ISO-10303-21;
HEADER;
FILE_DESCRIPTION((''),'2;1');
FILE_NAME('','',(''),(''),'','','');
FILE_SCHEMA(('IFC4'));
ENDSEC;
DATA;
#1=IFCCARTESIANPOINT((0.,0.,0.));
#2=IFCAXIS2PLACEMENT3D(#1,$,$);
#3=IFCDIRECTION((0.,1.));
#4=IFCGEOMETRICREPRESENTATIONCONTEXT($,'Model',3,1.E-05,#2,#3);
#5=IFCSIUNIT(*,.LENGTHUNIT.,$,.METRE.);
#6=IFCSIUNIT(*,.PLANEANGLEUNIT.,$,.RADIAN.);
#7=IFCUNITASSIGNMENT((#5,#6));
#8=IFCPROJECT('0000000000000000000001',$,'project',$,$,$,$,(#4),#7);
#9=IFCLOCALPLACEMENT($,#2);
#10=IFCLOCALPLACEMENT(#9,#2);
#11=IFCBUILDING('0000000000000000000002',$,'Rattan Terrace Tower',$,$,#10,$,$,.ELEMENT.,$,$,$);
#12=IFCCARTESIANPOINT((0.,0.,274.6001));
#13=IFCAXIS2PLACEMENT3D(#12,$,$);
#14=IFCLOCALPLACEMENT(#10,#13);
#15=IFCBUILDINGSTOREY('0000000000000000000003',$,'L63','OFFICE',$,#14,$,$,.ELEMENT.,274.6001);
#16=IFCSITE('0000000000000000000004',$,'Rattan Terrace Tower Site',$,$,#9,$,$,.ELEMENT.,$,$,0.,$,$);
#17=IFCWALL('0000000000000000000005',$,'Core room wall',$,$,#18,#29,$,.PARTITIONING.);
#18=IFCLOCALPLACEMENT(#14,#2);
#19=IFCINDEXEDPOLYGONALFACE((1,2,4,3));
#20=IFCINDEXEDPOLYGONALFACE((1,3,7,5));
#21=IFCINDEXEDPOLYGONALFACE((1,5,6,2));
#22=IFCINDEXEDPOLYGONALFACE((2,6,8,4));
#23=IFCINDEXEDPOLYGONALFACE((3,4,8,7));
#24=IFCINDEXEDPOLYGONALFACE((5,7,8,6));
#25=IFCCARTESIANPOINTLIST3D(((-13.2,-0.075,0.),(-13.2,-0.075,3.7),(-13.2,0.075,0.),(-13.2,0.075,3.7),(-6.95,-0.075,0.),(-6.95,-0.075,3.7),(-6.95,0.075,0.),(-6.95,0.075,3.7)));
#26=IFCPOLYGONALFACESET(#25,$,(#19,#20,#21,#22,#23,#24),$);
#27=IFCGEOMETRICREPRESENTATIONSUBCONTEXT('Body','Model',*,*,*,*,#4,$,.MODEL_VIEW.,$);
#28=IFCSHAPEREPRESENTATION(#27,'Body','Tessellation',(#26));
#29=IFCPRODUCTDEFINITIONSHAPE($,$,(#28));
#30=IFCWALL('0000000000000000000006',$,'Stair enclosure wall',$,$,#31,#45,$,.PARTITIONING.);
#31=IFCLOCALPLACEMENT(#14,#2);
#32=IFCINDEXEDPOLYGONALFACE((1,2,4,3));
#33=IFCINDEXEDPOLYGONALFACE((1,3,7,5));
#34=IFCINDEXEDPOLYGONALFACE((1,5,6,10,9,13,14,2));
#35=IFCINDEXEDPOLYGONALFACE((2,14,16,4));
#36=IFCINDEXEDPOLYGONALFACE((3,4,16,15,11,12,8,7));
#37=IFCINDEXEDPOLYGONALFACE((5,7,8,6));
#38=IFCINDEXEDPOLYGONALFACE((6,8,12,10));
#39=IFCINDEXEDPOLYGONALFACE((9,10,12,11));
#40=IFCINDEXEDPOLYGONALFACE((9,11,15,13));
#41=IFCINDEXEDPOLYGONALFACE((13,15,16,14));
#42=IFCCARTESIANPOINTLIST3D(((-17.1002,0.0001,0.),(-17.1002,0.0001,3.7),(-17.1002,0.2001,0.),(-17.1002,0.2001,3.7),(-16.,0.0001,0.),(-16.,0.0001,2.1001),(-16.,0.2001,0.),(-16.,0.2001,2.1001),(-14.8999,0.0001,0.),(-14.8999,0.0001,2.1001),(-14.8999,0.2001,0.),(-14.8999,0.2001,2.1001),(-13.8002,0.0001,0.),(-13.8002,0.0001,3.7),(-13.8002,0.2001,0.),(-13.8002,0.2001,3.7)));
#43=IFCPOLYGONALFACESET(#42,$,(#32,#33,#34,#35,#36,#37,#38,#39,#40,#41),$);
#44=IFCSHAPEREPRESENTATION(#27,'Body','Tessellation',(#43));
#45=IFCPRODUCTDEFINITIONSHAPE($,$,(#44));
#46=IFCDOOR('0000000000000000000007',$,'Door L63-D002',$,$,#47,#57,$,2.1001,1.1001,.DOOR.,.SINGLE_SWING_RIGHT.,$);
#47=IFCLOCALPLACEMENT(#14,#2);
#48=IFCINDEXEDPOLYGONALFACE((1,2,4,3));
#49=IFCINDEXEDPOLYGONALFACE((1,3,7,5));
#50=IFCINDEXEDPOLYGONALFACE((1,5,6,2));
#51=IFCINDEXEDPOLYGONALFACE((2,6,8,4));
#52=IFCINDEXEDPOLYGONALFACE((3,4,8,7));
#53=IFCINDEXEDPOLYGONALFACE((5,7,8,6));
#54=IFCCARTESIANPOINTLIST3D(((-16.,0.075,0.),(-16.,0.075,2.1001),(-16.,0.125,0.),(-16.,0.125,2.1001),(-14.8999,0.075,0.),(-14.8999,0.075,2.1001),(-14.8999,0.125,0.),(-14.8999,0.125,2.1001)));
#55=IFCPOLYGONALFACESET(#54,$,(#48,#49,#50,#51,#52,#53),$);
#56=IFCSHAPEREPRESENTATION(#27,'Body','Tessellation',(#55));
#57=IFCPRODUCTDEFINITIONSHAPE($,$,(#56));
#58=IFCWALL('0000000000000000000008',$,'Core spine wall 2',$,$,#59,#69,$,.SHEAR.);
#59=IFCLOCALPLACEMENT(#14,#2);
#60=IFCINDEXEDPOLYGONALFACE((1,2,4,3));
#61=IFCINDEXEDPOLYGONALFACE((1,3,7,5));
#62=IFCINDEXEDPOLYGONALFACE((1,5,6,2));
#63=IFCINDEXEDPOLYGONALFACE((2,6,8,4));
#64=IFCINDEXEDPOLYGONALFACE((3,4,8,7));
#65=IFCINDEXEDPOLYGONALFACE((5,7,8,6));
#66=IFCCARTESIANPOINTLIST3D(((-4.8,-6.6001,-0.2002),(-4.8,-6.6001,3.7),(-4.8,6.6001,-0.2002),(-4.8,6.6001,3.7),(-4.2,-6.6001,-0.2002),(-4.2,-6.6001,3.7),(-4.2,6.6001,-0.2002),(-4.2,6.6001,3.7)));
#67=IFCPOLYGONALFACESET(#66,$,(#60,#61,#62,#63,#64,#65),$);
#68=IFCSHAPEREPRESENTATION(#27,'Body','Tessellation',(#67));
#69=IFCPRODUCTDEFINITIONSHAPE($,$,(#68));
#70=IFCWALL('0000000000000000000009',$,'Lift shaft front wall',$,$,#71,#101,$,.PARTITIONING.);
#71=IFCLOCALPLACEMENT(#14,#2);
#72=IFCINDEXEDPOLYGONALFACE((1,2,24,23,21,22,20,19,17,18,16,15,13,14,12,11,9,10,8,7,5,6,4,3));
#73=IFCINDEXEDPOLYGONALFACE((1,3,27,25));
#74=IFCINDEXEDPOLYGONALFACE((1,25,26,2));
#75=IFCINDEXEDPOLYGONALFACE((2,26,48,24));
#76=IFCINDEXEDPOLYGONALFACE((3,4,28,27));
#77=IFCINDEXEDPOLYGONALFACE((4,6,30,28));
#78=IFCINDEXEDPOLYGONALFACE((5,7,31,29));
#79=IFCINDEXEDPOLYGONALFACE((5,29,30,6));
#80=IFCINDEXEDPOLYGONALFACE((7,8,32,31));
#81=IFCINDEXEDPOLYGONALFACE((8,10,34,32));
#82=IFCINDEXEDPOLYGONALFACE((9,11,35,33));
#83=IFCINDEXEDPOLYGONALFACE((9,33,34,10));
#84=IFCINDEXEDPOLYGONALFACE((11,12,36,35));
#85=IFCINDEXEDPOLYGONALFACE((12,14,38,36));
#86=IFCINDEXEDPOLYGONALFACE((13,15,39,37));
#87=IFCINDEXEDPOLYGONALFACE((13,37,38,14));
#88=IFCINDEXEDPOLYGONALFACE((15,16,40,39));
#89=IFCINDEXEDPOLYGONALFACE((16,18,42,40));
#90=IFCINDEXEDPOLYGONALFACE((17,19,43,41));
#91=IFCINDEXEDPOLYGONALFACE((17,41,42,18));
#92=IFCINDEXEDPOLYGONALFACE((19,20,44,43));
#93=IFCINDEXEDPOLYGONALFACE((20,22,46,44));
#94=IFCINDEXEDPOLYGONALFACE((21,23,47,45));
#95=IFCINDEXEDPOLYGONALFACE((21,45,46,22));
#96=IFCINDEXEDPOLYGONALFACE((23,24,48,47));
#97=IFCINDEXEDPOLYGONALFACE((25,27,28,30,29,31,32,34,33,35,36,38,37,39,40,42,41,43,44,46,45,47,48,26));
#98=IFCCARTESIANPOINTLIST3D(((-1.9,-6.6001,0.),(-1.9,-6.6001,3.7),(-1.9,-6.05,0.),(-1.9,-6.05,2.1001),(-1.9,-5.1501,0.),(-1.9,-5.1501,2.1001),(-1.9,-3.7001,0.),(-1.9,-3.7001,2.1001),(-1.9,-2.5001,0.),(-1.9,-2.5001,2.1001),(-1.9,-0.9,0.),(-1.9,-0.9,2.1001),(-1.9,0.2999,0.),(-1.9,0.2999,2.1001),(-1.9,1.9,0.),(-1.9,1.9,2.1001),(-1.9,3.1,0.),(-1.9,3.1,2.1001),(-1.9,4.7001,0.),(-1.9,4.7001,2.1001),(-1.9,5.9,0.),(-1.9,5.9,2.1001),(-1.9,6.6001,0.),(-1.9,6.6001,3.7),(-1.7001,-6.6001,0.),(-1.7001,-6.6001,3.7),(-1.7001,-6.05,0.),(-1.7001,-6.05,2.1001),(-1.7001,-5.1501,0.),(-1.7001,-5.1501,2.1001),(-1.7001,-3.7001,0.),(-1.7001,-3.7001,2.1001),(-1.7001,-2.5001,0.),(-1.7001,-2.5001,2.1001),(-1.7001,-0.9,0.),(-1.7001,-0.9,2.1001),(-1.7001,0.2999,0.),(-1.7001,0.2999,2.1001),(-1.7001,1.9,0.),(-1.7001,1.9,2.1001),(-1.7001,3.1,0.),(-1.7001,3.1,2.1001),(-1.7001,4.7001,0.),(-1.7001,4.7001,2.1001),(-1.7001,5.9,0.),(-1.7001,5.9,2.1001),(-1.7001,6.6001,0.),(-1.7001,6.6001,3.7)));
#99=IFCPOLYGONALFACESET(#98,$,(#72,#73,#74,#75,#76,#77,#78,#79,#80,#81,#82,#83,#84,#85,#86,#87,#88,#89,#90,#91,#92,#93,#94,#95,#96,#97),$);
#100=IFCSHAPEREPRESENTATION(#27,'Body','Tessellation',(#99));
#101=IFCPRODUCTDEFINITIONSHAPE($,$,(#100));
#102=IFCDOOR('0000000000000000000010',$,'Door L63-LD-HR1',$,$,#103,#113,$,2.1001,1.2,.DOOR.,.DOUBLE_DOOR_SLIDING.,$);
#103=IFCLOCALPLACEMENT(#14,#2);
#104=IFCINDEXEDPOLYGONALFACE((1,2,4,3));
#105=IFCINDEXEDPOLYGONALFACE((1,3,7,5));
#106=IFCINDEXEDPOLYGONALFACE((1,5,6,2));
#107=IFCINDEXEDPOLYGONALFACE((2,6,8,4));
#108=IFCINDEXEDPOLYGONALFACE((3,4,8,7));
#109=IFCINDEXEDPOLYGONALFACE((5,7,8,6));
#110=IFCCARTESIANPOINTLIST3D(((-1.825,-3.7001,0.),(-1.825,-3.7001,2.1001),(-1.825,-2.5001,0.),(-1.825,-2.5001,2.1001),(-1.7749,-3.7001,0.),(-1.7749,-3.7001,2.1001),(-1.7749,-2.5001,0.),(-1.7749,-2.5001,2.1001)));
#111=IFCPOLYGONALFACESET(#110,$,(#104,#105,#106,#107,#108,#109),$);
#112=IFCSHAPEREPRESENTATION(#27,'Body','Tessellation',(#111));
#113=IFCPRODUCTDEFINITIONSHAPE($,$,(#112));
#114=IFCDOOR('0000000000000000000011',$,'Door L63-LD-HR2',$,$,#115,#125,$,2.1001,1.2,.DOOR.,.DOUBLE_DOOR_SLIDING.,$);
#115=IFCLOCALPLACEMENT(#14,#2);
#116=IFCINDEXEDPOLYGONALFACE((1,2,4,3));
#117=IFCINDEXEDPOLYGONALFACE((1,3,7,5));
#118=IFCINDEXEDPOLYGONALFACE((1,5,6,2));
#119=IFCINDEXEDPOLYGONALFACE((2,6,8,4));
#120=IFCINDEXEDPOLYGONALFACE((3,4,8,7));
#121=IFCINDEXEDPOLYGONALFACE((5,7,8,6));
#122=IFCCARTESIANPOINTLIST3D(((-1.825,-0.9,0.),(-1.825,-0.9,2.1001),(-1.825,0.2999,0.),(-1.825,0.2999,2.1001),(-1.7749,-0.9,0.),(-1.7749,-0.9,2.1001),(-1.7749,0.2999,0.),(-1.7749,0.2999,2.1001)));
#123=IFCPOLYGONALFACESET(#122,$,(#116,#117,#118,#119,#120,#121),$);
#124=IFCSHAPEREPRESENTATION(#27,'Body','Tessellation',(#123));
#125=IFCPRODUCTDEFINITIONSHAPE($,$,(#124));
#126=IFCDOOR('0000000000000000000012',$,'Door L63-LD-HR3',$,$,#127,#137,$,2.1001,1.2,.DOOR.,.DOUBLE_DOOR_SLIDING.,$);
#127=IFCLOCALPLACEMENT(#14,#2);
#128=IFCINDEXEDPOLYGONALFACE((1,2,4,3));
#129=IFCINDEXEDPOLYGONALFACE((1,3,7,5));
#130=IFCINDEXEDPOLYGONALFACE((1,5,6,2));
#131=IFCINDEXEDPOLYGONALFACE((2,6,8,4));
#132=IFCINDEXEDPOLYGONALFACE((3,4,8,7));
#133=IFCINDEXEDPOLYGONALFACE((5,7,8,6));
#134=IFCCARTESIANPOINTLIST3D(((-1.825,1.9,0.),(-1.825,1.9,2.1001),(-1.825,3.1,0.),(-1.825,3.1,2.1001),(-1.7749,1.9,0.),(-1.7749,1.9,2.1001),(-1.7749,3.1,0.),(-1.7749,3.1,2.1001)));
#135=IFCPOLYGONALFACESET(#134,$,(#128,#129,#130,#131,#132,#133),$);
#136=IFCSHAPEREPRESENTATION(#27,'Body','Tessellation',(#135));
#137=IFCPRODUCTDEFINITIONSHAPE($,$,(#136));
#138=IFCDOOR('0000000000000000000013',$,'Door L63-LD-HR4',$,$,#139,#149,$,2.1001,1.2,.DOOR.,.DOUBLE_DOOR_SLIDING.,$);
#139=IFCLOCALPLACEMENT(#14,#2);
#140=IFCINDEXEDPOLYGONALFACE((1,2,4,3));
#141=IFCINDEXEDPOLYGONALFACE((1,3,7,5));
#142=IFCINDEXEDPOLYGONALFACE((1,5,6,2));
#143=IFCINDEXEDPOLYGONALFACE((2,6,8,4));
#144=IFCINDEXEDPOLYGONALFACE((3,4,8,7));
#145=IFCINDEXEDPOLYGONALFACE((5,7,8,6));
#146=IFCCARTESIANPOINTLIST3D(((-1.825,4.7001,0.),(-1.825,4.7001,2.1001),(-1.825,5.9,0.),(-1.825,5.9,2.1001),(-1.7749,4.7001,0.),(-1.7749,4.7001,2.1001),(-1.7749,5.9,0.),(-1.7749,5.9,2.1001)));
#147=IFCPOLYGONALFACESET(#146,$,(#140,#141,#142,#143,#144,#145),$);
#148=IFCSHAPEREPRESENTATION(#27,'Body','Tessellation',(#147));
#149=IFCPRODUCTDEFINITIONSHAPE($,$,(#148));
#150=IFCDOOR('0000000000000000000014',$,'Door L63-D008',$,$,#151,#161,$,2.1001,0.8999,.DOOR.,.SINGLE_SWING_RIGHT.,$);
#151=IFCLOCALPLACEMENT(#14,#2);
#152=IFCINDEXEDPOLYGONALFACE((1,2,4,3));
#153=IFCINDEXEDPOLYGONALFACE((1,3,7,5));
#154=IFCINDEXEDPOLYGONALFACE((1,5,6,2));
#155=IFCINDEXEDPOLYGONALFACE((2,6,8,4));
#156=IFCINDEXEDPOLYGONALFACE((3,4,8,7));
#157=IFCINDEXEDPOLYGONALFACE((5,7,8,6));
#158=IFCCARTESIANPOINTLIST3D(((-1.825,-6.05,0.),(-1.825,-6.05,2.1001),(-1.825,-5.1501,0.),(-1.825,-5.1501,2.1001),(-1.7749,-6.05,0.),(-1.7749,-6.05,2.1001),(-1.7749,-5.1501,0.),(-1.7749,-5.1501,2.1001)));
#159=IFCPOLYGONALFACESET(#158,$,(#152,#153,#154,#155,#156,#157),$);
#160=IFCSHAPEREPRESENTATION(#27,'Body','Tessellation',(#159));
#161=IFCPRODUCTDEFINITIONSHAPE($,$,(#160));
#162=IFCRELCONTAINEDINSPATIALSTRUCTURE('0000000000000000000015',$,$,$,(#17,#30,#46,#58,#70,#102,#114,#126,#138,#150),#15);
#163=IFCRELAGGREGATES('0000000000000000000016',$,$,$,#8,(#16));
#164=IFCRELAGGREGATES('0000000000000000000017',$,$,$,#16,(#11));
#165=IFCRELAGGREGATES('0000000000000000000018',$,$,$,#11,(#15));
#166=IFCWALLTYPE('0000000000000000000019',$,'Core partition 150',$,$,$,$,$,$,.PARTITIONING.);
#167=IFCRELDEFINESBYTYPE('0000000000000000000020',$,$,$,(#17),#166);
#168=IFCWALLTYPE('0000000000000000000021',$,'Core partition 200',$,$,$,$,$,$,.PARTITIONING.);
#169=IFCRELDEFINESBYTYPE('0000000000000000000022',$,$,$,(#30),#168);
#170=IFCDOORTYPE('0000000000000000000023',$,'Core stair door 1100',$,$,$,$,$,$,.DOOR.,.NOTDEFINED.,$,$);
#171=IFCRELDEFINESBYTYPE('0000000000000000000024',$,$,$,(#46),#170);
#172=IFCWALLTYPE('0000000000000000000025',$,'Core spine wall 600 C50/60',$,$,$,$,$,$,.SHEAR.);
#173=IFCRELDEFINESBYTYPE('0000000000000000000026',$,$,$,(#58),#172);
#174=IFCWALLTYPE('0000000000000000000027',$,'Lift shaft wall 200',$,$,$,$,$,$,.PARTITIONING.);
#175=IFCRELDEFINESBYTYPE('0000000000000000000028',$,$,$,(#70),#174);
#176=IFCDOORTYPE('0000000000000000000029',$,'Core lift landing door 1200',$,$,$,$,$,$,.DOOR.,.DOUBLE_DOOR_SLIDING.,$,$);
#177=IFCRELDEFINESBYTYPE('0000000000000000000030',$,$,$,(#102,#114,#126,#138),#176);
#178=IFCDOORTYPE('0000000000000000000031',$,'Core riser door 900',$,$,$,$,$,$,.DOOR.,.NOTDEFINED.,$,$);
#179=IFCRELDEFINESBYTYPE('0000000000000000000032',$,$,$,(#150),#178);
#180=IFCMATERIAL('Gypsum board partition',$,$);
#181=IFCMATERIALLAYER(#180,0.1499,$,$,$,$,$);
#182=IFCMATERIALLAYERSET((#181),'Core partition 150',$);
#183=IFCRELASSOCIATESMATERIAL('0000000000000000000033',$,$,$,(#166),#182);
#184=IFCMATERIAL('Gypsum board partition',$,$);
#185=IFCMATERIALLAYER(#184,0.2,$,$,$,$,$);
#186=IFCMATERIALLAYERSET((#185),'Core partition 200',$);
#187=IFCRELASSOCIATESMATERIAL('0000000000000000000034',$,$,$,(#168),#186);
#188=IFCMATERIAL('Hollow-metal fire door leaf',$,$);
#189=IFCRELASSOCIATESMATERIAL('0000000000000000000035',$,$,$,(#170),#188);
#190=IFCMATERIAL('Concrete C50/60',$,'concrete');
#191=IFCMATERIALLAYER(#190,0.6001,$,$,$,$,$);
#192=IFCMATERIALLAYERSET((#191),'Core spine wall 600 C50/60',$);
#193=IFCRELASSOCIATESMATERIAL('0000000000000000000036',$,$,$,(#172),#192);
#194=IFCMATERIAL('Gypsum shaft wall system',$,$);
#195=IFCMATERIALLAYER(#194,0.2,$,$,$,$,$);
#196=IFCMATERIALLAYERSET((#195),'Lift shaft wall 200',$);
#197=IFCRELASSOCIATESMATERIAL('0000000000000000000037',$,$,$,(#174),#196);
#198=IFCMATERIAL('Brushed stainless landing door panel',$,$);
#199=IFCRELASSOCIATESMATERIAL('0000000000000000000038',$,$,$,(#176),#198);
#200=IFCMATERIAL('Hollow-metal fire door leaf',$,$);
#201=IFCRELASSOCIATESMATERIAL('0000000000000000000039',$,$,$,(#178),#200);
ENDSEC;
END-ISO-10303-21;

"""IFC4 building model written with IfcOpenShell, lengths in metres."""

from ifc_helpers import new_model, si_unit, direction, frame, frame_2d, origin, place, context, subcontext, project, spatial, rectangle, extrude, material, layer, layer_set, type_object, element, fill, save


model = new_model("IFC4")

# Units and contexts
model_context = context("Model", 3, precision=1e-05, world=origin(), true_north=direction((0.0, 1.0)))
body_context = subcontext(model_context, "Body", "Model", "MODEL_VIEW")
ifc_project = project(units=[si_unit("LENGTHUNIT", "METRE"), si_unit("PLANEANGLEUNIT", "RADIAN")], contexts=[model_context])

# Site, building, storey
site_placement = place(None, origin())
site = spatial("IfcSite", under=ifc_project, at=site_placement, Name="Rattan Terrace Tower Site", CompositionType="ELEMENT", RefElevation=0.0)
building_placement = place(site_placement, origin())
building = spatial("IfcBuilding", under=site, at=building_placement, Name="Rattan Terrace Tower", CompositionType="ELEMENT")
storey_placement = place(building_placement, frame((0.0, 0.0, 274.6001)))
storey = spatial("IfcBuildingStorey", under=building, at=storey_placement, Name="L63", Description="OFFICE", CompositionType="ELEMENT", Elevation=274.6001)

# Wall
ifc_material_1 = material(Name="Gypsum board partition")
ifc_layer_1 = layer(ifc_material_1, 0.1499)
ifc_layer_set_1 = layer_set([ifc_layer_1], Name="Core partition 150")
wall_type_1 = type_object("IfcWallType", Name="Core partition 150", PredefinedType="PARTITIONING", material=ifc_layer_set_1)
wall_1_placement = place(storey_placement, frame((-13.2, 0.0, 0.0), z_axis=(0.0, 0.0, 1.0), x_axis=(1.0, 0.0, 0.0)))
element("IfcWall", 1, at=wall_1_placement, inside=storey, type_object=wall_type_1, Name="Core room wall", PredefinedType="PARTITIONING", context=body_context, shape_type="SweptSolid", body=[
    extrude(rectangle(XDim=6.25, YDim=0.1499, at=frame_2d((3.125, 0.0))), origin(), (0.0, 0.0, 1.0), 3.7),
])

# Wall, opening, door
ifc_material_2 = material(Name="Gypsum board partition")
ifc_layer_2 = layer(ifc_material_2, 0.2)
ifc_layer_set_2 = layer_set([ifc_layer_2], Name="Core partition 200")
wall_type_2 = type_object("IfcWallType", Name="Core partition 200", PredefinedType="PARTITIONING", material=ifc_layer_set_2)
wall_2_placement = place(storey_placement, frame((-17.1001, 0.1001, 0.0), z_axis=(0.0, 0.0, 1.0), x_axis=(1.0, 0.0, 0.0)))
wall_2 = element("IfcWall", 2, at=wall_2_placement, inside=storey, type_object=wall_type_2, Name="Stair enclosure wall", PredefinedType="PARTITIONING", context=body_context, shape_type="SweptSolid", body=[
    extrude(rectangle(XDim=3.3, YDim=0.2, at=frame_2d((1.6499, 0.0))), origin(), (0.0, 0.0, 1.0), 3.7),
])
opening_1_placement = place(wall_2_placement, frame((1.1001, 0.0, 0.0)))
opening_1 = element("IfcOpeningElement", 3, at=opening_1_placement, cuts=wall_2, PredefinedType="OPENING", context=body_context, shape_type="SweptSolid", body=[
    extrude(rectangle(XDim=1.1001, YDim=2.1001, at=frame_2d((0.55, 1.05))), frame((0.0, 0.1106, 0.0), z_axis=(0.0, -1.0, 0.0), x_axis=(1.0, 0.0, 0.0)), (0.0, 0.0, 1.0), 0.2209),
])
ifc_material_3 = material(Name="Hollow-metal fire door leaf")
door_type_1 = type_object("IfcDoorType", Name="Core stair door 1100", OperationType="NOTDEFINED", PredefinedType="DOOR", material=ifc_material_3)
door_1_placement = place(opening_1_placement, origin())
door_1 = element("IfcDoor", 4, at=door_1_placement, inside=storey, type_object=door_type_1, Name="Door L63-D002", OperationType="SINGLE_SWING_RIGHT", OverallHeight=2.1001, OverallWidth=1.1001, PredefinedType="DOOR", context=body_context, shape_type="SweptSolid", body=[
    extrude(rectangle(XDim=1.1001, YDim=2.1001, at=frame_2d((0.55, 1.05))), frame((0.0, 0.0249, 0.0), z_axis=(0.0, -1.0, 0.0), x_axis=(1.0, 0.0, 0.0)), (0.0, 0.0, 1.0), 0.05),
])
fill(opening_1, door_1)

# Wall
ifc_material_4 = material(Name="Concrete C50/60", Category="concrete")
ifc_layer_3 = layer(ifc_material_4, 0.6001)
ifc_layer_set_3 = layer_set([ifc_layer_3], Name="Core spine wall 600 C50/60")
wall_type_3 = type_object("IfcWallType", Name="Core spine wall 600 C50/60", PredefinedType="SHEAR", material=ifc_layer_set_3)
wall_3_placement = place(storey_placement, frame((-4.5, -6.6001, -0.2002), z_axis=(0.0, 0.0, 1.0), x_axis=(0.0, 1.0, 0.0)))
element("IfcWall", 5, at=wall_3_placement, inside=storey, type_object=wall_type_3, Name="Core spine wall 2", PredefinedType="SHEAR", context=body_context, shape_type="SweptSolid", body=[
    extrude(rectangle(XDim=13.2002, YDim=0.6001, at=frame_2d((6.6001, 0.0))), origin(), (0.0, 0.0, 1.0), 3.9001),
])

# Wall, openings, doors
ifc_material_5 = material(Name="Gypsum shaft wall system")
ifc_layer_4 = layer(ifc_material_5, 0.2)
ifc_layer_set_4 = layer_set([ifc_layer_4], Name="Lift shaft wall 200")
wall_type_4 = type_object("IfcWallType", Name="Lift shaft wall 200", PredefinedType="PARTITIONING", material=ifc_layer_set_4)
wall_4_placement = place(storey_placement, frame((-1.8, -6.6001, 0.0), z_axis=(0.0, 0.0, 1.0), x_axis=(0.0, 1.0, 0.0)))
wall_4 = element("IfcWall", 6, at=wall_4_placement, inside=storey, type_object=wall_type_4, Name="Lift shaft front wall", PredefinedType="PARTITIONING", context=body_context, shape_type="SweptSolid", body=[
    extrude(rectangle(XDim=13.2002, YDim=0.2, at=frame_2d((6.6001, 0.0))), origin(), (0.0, 0.0, 1.0), 3.7),
])
opening_2_placement = place(wall_4_placement, frame((0.55, 0.0, 0.0)))
opening_2 = element("IfcOpeningElement", 7, at=opening_2_placement, cuts=wall_4, PredefinedType="OPENING", context=body_context, shape_type="SweptSolid", body=[
    extrude(rectangle(XDim=0.8999, YDim=2.1001, at=frame_2d((0.45, 1.05))), frame((0.0, 0.1106, 0.0), z_axis=(0.0, -1.0, 0.0), x_axis=(1.0, 0.0, 0.0)), (0.0, 0.0, 1.0), 0.2209),
])
opening_3_placement = place(wall_4_placement, frame((2.8999, 0.0, 0.0)))
opening_3 = element("IfcOpeningElement", 8, at=opening_3_placement, cuts=wall_4, PredefinedType="OPENING", context=body_context, shape_type="SweptSolid", body=[
    extrude(rectangle(XDim=1.2, YDim=2.1001, at=frame_2d((0.6001, 1.05))), frame((0.0, 0.1106, 0.0), z_axis=(0.0, -1.0, 0.0), x_axis=(1.0, 0.0, 0.0)), (0.0, 0.0, 1.0), 0.2209),
])
opening_4_placement = place(wall_4_placement, frame((5.7, 0.0, 0.0)))
opening_4 = element("IfcOpeningElement", 9, at=opening_4_placement, cuts=wall_4, PredefinedType="OPENING", context=body_context, shape_type="SweptSolid", body=[
    extrude(rectangle(XDim=1.2, YDim=2.1001, at=frame_2d((0.6001, 1.05))), frame((0.0, 0.1106, 0.0), z_axis=(0.0, -1.0, 0.0), x_axis=(1.0, 0.0, 0.0)), (0.0, 0.0, 1.0), 0.2209),
])
opening_5_placement = place(wall_4_placement, frame((8.5, 0.0, 0.0)))
opening_5 = element("IfcOpeningElement", 10, at=opening_5_placement, cuts=wall_4, PredefinedType="OPENING", context=body_context, shape_type="SweptSolid", body=[
    extrude(rectangle(XDim=1.2, YDim=2.1001, at=frame_2d((0.6001, 1.05))), frame((0.0, 0.1106, 0.0), z_axis=(0.0, -1.0, 0.0), x_axis=(1.0, 0.0, 0.0)), (0.0, 0.0, 1.0), 0.2209),
])
opening_6_placement = place(wall_4_placement, frame((11.3, 0.0, 0.0)))
opening_6 = element("IfcOpeningElement", 11, at=opening_6_placement, cuts=wall_4, PredefinedType="OPENING", context=body_context, shape_type="SweptSolid", body=[
    extrude(rectangle(XDim=1.2, YDim=2.1001, at=frame_2d((0.6001, 1.05))), frame((0.0, 0.1106, 0.0), z_axis=(0.0, -1.0, 0.0), x_axis=(1.0, 0.0, 0.0)), (0.0, 0.0, 1.0), 0.2209),
])
ifc_material_6 = material(Name="Brushed stainless landing door panel")
door_type_2 = type_object("IfcDoorType", Name="Core lift landing door 1200", OperationType="DOUBLE_DOOR_SLIDING", PredefinedType="DOOR", material=ifc_material_6)
door_2_placement = place(opening_3_placement, origin())
door_2 = element("IfcDoor", 12, at=door_2_placement, inside=storey, type_object=door_type_2, Name="Door L63-LD-HR1", OperationType="DOUBLE_DOOR_SLIDING", OverallHeight=2.1001, OverallWidth=1.2, PredefinedType="DOOR", context=body_context, shape_type="SweptSolid", body=[
    extrude(rectangle(XDim=1.2, YDim=2.1001, at=frame_2d((0.6001, 1.05))), frame((0.0, 0.0249, 0.0), z_axis=(0.0, -1.0, 0.0), x_axis=(1.0, 0.0, 0.0)), (0.0, 0.0, 1.0), 0.05),
])
fill(opening_3, door_2)
door_3_placement = place(opening_4_placement, origin())
door_3 = element("IfcDoor", 13, at=door_3_placement, inside=storey, type_object=door_type_2, Name="Door L63-LD-HR2", OperationType="DOUBLE_DOOR_SLIDING", OverallHeight=2.1001, OverallWidth=1.2, PredefinedType="DOOR", context=body_context, shape_type="SweptSolid", body=[
    extrude(rectangle(XDim=1.2, YDim=2.1001, at=frame_2d((0.6001, 1.05))), frame((0.0, 0.0249, 0.0), z_axis=(0.0, -1.0, 0.0), x_axis=(1.0, 0.0, 0.0)), (0.0, 0.0, 1.0), 0.05),
])
fill(opening_4, door_3)
door_4_placement = place(opening_5_placement, origin())
door_4 = element("IfcDoor", 14, at=door_4_placement, inside=storey, type_object=door_type_2, Name="Door L63-LD-HR3", OperationType="DOUBLE_DOOR_SLIDING", OverallHeight=2.1001, OverallWidth=1.2, PredefinedType="DOOR", context=body_context, shape_type="SweptSolid", body=[
    extrude(rectangle(XDim=1.2, YDim=2.1001, at=frame_2d((0.6001, 1.05))), frame((0.0, 0.0249, 0.0), z_axis=(0.0, -1.0, 0.0), x_axis=(1.0, 0.0, 0.0)), (0.0, 0.0, 1.0), 0.05),
])
fill(opening_5, door_4)
door_5_placement = place(opening_6_placement, origin())
door_5 = element("IfcDoor", 15, at=door_5_placement, inside=storey, type_object=door_type_2, Name="Door L63-LD-HR4", OperationType="DOUBLE_DOOR_SLIDING", OverallHeight=2.1001, OverallWidth=1.2, PredefinedType="DOOR", context=body_context, shape_type="SweptSolid", body=[
    extrude(rectangle(XDim=1.2, YDim=2.1001, at=frame_2d((0.6001, 1.05))), frame((0.0, 0.0249, 0.0), z_axis=(0.0, -1.0, 0.0), x_axis=(1.0, 0.0, 0.0)), (0.0, 0.0, 1.0), 0.05),
])
fill(opening_6, door_5)
ifc_material_7 = material(Name="Hollow-metal fire door leaf")
door_type_3 = type_object("IfcDoorType", Name="Core riser door 900", OperationType="NOTDEFINED", PredefinedType="DOOR", material=ifc_material_7)
door_6_placement = place(opening_2_placement, origin())
door_6 = element("IfcDoor", 16, at=door_6_placement, inside=storey, type_object=door_type_3, Name="Door L63-D008", OperationType="SINGLE_SWING_RIGHT", OverallHeight=2.1001, OverallWidth=0.8999, PredefinedType="DOOR", context=body_context, shape_type="SweptSolid", body=[
    extrude(rectangle(XDim=0.8999, YDim=2.1001, at=frame_2d((0.45, 1.05))), frame((0.0, 0.0249, 0.0), z_axis=(0.0, -1.0, 0.0), x_axis=(1.0, 0.0, 0.0)), (0.0, 0.0, 1.0), 0.05),
])
fill(opening_2, door_6)

save(model, "model.ifc")
